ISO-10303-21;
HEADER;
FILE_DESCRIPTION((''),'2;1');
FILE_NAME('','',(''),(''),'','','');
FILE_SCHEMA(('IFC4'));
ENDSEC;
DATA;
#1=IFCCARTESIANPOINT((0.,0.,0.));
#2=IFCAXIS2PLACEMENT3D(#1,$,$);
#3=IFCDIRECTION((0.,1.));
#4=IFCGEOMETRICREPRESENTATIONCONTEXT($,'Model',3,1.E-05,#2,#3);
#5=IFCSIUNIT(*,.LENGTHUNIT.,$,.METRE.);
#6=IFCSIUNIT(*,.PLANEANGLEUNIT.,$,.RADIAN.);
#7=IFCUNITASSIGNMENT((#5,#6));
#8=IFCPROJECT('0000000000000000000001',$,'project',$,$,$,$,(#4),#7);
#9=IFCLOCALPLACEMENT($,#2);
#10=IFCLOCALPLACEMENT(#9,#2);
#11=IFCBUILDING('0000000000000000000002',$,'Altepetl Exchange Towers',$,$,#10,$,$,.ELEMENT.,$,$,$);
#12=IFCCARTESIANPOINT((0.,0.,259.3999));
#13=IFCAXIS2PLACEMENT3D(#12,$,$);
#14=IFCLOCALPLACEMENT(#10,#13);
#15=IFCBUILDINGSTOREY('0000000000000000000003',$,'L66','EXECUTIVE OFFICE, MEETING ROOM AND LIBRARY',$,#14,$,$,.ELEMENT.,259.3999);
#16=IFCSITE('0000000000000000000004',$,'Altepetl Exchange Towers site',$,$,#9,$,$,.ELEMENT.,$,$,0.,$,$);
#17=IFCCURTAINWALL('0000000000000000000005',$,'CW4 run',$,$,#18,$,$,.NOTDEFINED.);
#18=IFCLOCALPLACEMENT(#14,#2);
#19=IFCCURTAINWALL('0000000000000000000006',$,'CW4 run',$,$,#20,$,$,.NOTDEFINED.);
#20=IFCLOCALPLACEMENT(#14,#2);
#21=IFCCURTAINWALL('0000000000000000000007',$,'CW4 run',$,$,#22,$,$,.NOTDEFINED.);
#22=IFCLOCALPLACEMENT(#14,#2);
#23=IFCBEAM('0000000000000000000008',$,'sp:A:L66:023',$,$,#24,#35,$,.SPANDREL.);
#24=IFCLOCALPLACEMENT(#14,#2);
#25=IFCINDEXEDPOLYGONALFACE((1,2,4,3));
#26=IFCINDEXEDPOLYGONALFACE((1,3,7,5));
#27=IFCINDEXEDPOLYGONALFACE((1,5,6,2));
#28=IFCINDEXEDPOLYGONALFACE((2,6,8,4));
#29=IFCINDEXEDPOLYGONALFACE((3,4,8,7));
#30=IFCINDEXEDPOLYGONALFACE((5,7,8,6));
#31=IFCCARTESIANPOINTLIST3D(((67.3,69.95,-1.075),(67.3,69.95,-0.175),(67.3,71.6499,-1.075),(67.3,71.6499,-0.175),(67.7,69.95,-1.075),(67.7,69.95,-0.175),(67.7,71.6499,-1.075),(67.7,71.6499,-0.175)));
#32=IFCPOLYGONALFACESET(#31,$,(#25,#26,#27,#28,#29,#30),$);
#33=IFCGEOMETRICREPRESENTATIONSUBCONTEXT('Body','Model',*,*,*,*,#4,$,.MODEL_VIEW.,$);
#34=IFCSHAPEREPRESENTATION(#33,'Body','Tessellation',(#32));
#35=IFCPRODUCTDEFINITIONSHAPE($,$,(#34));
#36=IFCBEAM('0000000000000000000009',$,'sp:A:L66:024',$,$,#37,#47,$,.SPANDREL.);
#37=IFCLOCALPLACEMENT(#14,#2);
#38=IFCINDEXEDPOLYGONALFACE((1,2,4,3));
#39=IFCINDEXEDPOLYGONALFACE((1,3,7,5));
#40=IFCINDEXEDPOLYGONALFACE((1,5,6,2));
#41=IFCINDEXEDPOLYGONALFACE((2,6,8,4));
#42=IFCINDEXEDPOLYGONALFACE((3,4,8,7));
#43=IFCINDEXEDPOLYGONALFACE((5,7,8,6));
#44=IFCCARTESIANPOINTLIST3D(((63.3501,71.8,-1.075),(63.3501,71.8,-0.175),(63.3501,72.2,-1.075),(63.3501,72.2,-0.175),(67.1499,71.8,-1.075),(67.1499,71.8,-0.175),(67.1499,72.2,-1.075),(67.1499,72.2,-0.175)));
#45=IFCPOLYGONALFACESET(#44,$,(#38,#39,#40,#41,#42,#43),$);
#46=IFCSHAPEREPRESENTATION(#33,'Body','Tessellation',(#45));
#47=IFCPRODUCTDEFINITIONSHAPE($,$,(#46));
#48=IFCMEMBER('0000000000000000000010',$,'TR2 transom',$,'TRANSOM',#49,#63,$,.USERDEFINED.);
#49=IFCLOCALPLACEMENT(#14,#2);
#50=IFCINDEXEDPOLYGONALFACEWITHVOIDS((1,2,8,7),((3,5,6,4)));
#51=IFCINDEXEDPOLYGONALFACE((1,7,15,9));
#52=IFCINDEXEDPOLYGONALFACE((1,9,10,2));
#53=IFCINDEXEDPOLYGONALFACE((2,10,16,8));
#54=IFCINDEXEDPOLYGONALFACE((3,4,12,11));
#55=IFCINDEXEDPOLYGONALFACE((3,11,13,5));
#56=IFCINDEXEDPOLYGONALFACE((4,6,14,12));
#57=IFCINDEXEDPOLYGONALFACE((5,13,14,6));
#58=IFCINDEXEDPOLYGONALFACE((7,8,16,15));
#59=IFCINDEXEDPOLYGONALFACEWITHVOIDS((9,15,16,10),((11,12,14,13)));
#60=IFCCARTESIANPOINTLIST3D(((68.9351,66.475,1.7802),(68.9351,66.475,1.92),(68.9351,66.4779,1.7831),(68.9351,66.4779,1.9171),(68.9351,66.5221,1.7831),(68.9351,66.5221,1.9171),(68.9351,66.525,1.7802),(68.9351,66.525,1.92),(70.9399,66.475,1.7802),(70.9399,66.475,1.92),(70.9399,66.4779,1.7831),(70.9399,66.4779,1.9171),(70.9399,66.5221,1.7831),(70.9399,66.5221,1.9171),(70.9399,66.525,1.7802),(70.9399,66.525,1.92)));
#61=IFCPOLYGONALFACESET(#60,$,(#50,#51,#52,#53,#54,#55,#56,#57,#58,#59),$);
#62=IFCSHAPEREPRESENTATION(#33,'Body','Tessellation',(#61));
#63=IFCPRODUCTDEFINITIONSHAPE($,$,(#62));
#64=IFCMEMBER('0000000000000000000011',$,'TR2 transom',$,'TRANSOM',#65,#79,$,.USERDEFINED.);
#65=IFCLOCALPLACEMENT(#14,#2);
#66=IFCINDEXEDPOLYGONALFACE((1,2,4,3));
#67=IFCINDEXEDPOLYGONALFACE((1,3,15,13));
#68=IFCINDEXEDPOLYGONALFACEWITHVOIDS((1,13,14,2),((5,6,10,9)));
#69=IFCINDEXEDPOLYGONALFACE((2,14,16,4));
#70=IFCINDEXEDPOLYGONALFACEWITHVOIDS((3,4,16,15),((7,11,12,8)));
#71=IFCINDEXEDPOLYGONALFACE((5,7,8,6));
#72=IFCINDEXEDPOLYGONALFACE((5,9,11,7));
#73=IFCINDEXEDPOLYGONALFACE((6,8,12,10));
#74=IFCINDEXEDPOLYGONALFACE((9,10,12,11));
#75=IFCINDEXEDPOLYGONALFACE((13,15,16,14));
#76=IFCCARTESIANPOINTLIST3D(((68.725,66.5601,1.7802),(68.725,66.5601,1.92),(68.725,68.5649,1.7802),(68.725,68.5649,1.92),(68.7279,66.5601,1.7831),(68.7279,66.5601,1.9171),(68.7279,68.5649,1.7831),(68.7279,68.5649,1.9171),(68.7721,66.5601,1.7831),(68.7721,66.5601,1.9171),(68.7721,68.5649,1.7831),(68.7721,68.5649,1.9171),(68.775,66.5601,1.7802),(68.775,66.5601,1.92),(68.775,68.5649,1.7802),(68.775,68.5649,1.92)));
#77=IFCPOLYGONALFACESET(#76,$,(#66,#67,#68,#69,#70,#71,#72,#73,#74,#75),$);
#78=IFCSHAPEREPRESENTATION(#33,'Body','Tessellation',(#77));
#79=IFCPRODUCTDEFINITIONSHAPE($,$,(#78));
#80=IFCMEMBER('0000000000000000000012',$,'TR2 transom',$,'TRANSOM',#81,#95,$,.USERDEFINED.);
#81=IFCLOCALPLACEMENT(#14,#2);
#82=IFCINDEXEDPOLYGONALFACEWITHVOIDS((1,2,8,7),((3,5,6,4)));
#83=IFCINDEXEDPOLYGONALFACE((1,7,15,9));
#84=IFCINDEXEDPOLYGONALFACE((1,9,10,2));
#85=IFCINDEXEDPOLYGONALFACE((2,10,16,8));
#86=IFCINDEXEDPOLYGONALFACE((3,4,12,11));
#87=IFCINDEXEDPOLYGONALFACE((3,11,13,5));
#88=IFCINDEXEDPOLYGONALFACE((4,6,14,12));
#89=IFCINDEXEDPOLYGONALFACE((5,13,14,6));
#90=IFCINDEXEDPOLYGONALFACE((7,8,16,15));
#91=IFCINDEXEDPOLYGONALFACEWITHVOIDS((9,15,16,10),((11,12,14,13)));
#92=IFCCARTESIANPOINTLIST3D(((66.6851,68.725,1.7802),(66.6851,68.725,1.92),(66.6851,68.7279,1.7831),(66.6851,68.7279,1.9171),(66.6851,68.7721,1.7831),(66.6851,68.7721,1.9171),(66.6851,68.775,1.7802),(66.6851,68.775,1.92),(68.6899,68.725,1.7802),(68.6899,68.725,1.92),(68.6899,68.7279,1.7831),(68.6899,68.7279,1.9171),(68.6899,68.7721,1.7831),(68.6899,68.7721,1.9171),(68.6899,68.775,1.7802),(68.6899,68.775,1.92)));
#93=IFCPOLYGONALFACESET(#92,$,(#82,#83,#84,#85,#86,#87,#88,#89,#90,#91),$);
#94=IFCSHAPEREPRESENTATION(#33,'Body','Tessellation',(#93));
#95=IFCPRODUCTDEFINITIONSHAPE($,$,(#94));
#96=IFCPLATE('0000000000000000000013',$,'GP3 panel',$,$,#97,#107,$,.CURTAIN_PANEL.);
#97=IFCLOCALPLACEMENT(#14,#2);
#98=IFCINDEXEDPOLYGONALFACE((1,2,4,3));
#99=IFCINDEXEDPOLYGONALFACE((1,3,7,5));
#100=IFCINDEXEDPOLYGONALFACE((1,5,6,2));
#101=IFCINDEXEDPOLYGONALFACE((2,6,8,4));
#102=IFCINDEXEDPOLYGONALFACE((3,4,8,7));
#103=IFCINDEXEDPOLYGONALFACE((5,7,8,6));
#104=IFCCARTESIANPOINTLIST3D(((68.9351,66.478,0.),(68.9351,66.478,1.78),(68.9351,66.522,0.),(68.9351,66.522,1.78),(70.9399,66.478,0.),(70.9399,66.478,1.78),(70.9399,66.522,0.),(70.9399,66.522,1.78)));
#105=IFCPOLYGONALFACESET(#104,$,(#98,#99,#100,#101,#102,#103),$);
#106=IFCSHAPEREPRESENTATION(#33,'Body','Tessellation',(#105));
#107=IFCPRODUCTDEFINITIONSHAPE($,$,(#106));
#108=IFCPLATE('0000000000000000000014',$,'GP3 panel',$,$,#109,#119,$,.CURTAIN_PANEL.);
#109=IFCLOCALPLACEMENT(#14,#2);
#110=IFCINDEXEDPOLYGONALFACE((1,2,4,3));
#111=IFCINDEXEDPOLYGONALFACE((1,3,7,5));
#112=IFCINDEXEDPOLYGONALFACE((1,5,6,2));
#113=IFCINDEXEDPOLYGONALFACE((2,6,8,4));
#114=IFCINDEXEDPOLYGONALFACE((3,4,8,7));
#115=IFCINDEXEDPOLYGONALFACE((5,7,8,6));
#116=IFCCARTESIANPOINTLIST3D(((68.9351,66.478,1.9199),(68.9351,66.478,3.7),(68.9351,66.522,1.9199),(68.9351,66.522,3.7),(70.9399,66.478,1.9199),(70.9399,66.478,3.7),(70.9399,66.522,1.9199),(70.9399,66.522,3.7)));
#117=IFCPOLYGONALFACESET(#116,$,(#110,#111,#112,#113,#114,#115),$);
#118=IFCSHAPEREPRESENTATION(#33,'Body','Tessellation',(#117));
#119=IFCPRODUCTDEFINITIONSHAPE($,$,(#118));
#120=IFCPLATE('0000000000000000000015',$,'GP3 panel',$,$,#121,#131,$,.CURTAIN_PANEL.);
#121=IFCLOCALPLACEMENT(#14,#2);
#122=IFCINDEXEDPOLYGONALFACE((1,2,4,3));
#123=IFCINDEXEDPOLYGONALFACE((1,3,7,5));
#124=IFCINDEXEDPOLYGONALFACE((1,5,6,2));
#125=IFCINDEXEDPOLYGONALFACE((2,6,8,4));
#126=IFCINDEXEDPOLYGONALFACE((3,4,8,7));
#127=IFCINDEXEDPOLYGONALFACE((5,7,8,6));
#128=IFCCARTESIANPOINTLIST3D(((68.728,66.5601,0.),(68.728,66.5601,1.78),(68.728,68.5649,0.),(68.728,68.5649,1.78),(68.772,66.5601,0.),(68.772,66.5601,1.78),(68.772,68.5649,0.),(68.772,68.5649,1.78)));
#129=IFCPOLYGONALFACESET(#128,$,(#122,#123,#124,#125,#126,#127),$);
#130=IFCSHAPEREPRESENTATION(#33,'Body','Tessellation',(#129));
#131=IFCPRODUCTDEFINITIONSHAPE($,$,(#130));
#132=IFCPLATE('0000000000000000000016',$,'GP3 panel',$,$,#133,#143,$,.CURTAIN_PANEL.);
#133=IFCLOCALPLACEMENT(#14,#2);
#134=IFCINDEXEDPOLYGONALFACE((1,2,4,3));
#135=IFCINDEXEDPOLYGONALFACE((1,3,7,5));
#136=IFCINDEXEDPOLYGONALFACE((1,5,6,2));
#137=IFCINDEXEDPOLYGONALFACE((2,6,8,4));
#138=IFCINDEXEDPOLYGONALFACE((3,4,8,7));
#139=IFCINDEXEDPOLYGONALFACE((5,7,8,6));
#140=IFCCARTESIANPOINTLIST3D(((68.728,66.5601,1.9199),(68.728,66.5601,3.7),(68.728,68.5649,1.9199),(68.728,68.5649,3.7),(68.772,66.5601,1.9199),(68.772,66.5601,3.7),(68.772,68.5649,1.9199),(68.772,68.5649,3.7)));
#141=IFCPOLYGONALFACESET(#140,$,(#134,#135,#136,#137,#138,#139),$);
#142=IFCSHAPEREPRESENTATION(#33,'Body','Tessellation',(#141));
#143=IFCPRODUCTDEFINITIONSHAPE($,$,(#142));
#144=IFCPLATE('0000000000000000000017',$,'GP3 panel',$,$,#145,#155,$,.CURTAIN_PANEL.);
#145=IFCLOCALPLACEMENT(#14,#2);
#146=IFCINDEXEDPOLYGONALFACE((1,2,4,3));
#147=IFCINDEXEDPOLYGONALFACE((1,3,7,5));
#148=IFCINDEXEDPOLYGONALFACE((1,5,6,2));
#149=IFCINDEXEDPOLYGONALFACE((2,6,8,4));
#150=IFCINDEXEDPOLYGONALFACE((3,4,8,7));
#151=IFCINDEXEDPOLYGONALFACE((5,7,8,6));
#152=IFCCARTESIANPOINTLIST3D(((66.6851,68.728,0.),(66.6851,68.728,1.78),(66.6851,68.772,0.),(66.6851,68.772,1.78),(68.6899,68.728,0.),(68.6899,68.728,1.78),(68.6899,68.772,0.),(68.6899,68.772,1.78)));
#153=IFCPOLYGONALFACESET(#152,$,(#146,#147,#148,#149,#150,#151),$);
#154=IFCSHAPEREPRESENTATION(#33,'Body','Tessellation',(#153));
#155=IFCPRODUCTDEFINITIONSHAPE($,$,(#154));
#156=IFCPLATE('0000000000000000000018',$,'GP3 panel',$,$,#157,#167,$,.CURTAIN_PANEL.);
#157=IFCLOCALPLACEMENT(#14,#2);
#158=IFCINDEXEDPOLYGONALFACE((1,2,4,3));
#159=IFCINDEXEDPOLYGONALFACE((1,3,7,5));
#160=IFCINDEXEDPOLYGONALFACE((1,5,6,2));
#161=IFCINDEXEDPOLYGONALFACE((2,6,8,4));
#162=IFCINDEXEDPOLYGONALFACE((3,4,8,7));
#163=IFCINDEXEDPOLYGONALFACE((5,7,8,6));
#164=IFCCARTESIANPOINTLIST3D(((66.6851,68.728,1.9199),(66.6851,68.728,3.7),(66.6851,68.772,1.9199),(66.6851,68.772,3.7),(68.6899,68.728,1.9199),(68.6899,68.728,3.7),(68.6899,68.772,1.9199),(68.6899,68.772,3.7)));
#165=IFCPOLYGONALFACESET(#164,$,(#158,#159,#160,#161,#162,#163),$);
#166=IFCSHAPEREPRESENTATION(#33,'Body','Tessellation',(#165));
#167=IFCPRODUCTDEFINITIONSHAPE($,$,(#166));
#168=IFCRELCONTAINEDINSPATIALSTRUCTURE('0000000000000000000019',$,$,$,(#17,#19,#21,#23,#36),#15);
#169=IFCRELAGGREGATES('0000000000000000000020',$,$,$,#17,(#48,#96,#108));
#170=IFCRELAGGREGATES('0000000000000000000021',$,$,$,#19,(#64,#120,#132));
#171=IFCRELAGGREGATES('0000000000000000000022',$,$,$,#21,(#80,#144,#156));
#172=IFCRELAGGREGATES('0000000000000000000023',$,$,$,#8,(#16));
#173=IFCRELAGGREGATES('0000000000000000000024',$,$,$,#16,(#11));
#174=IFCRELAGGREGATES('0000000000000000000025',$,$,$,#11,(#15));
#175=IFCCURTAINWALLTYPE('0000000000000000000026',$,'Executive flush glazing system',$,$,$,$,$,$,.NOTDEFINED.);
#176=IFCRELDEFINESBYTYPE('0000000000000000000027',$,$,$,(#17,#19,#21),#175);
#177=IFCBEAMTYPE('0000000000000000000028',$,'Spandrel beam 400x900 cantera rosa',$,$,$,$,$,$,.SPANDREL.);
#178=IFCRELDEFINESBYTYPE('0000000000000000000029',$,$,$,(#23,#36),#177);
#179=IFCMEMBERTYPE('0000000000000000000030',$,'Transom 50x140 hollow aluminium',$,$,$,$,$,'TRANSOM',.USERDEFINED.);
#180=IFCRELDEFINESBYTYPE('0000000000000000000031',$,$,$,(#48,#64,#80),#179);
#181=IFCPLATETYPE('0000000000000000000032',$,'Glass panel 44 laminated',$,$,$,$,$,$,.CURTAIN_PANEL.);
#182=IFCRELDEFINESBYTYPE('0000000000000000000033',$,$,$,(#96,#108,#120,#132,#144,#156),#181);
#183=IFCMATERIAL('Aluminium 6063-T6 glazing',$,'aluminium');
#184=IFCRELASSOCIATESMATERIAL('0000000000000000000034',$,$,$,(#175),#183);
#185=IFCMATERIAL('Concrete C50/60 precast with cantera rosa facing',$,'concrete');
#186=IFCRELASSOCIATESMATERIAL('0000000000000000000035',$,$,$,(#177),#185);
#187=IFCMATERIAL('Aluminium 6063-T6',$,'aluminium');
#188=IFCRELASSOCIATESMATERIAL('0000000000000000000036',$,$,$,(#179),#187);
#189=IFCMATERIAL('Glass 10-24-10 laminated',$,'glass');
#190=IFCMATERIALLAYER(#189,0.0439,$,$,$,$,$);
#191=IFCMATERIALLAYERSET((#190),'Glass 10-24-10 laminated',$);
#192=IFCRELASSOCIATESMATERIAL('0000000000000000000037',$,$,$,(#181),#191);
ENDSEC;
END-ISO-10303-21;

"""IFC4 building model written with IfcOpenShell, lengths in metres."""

from ifc_helpers import new_model, si_unit, direction, frame, origin, origin_2d, place, context, subcontext, project, spatial, rectangle, hollow_rectangle, extrude, material, layer, layer_set, material_profile, profile_set, type_object, element, aggregate, save


model = new_model("IFC4")

# Units and contexts
model_context = context("Model", 3, precision=1e-05, world=origin(), true_north=direction((0.0, 1.0)))
body_context = subcontext(model_context, "Body", "Model", "MODEL_VIEW")
ifc_project = project(units=[si_unit("LENGTHUNIT", "METRE"), si_unit("PLANEANGLEUNIT", "RADIAN")], contexts=[model_context])

# Site, building, storey
site_placement = place(None, origin())
site = spatial("IfcSite", under=ifc_project, at=site_placement, Name="Altepetl Exchange Towers site", CompositionType="ELEMENT", RefElevation=0.0)
building_placement = place(site_placement, origin())
building = spatial("IfcBuilding", under=site, at=building_placement, Name="Altepetl Exchange Towers", CompositionType="ELEMENT")
storey_placement = place(building_placement, frame((0.0, 0.0, 259.3999)))
storey = spatial("IfcBuildingStorey", under=building, at=storey_placement, Name="L66", Description="EXECUTIVE OFFICE, MEETING ROOM AND LIBRARY", CompositionType="ELEMENT", Elevation=259.3999)

# Curtain walls
ifc_material_1 = material(Name="Aluminium 6063-T6 glazing", Category="aluminium")
curtain_wall_type = type_object("IfcCurtainWallType", Name="Executive flush glazing system", PredefinedType="NOTDEFINED", material=ifc_material_1)
curtain_wall_1_placement = place(storey_placement, origin())
curtain_wall_1 = element("IfcCurtainWall", 1, at=curtain_wall_1_placement, inside=storey, type_object=curtain_wall_type, Name="CW4 run", PredefinedType="NOTDEFINED")
ifc_material_2 = material(Name="Aluminium 6063-T6", Category="aluminium")
curtain_wall_2_placement = place(storey_placement, origin())
curtain_wall_2 = element("IfcCurtainWall", 2, at=curtain_wall_2_placement, inside=storey, type_object=curtain_wall_type, Name="CW4 run", PredefinedType="NOTDEFINED")
curtain_wall_3_placement = place(storey_placement, origin())
curtain_wall_3 = element("IfcCurtainWall", 3, at=curtain_wall_3_placement, inside=storey, type_object=curtain_wall_type, Name="CW4 run", PredefinedType="NOTDEFINED")

# Beams
ifc_material_3 = material(Name="Concrete C50/60 precast with cantera rosa facing", Category="concrete")
ifc_material_profile_1 = material_profile(ifc_material_3, rectangle(XDim=0.3999, YDim=0.8999, at=origin_2d()), Name="400 x 900")
ifc_profile_set_1 = profile_set([ifc_material_profile_1], Name="Concrete C50/60 precast with cantera rosa facing")
beam_type = type_object("IfcBeamType", Name="Spandrel beam 400x900 cantera rosa", PredefinedType="SPANDREL", material=ifc_profile_set_1)
beam_1_placement = place(storey_placement, frame((67.5, 69.95, -0.625), z_axis=(0.0, 1.0, 0.0), x_axis=(-1.0, 0.0, 0.0)))
element("IfcBeam", 4, at=beam_1_placement, inside=storey, type_object=beam_type, Name="sp:A:L66:023", PredefinedType="SPANDREL", context=body_context, shape_type="SweptSolid", body=[
    extrude(rectangle(XDim=0.3999, YDim=0.8999, at=origin_2d()), origin(), (0.0, 0.0, 1.0), 1.7),
])
beam_2_placement = place(storey_placement, frame((67.1499, 72.0, -0.625), z_axis=(-1.0, 0.0, 0.0), x_axis=(0.0, -1.0, 0.0)))
element("IfcBeam", 5, at=beam_2_placement, inside=storey, type_object=beam_type, Name="sp:A:L66:024", PredefinedType="SPANDREL", context=body_context, shape_type="SweptSolid", body=[
    extrude(rectangle(XDim=0.3999, YDim=0.8999, at=origin_2d()), origin(), (0.0, 0.0, 1.0), 3.7998),
])

# Members
ifc_material_profile_2 = material_profile(ifc_material_2, hollow_rectangle(XDim=0.05, YDim=0.1399, WallThickness=0.0029, at=origin_2d()), Name="Transom 50x140 hollow aluminium")
ifc_profile_set_2 = profile_set([ifc_material_profile_2], Name="Aluminium 6063-T6")
member_type_1 = type_object("IfcMemberType", Name="Transom 50x140 hollow aluminium", ElementType="TRANSOM", PredefinedType="USERDEFINED", material=ifc_profile_set_2)
member_1_placement = place(storey_placement, frame((70.9399, 66.5, 1.8501), z_axis=(-1.0, 0.0, 0.0), x_axis=(0.0, -1.0, 0.0)))
member_1 = element("IfcMember", 6, at=member_1_placement, type_object=member_type_1, Name="TR2 transom", ObjectType="TRANSOM", PredefinedType="USERDEFINED", context=body_context, shape_type="SweptSolid", body=[
    extrude(hollow_rectangle(XDim=0.05, YDim=0.1399, WallThickness=0.0029, at=origin_2d()), origin(), (0.0, 0.0, 1.0), 2.0049),
])
member_2_placement = place(storey_placement, frame((68.75, 66.5601, 1.8501), z_axis=(0.0, 1.0, 0.0), x_axis=(-1.0, 0.0, 0.0)))
member_2 = element("IfcMember", 7, at=member_2_placement, type_object=member_type_1, Name="TR2 transom", ObjectType="TRANSOM", PredefinedType="USERDEFINED", context=body_context, shape_type="SweptSolid", body=[
    extrude(hollow_rectangle(XDim=0.05, YDim=0.1399, WallThickness=0.0029, at=origin_2d()), origin(), (0.0, 0.0, 1.0), 2.0049),
])
member_3_placement = place(storey_placement, frame((68.6899, 68.75, 1.8501), z_axis=(-1.0, 0.0, 0.0), x_axis=(0.0, -1.0, 0.0)))
member_3 = element("IfcMember", 8, at=member_3_placement, type_object=member_type_1, Name="TR2 transom", ObjectType="TRANSOM", PredefinedType="USERDEFINED", context=body_context, shape_type="SweptSolid", body=[
    extrude(hollow_rectangle(XDim=0.05, YDim=0.1399, WallThickness=0.0029, at=origin_2d()), origin(), (0.0, 0.0, 1.0), 2.0049),
])

# Plates
ifc_material_4 = material(Name="Glass 10-24-10 laminated", Category="glass")
ifc_layer = layer(ifc_material_4, 0.0439)
ifc_layer_set = layer_set([ifc_layer], Name="Glass 10-24-10 laminated")
plate_type = type_object("IfcPlateType", Name="Glass panel 44 laminated", PredefinedType="CURTAIN_PANEL", material=ifc_layer_set)
plate_1_placement = place(storey_placement, frame((69.9375, 66.5, 0.0), z_axis=(0.0, 0.0, 1.0), x_axis=(-1.0, 0.0, 0.0)))
plate_1 = element("IfcPlate", 9, at=plate_1_placement, type_object=plate_type, Name="GP3 panel", PredefinedType="CURTAIN_PANEL", context=body_context, shape_type="SweptSolid", body=[
    extrude(rectangle(XDim=2.0049, YDim=0.0439, at=origin_2d()), origin(), (0.0, 0.0, 1.0), 1.78),
])
plate_2_placement = place(storey_placement, frame((69.9375, 66.5, 1.9199), z_axis=(0.0, 0.0, 1.0), x_axis=(-1.0, 0.0, 0.0)))
plate_2 = element("IfcPlate", 10, at=plate_2_placement, type_object=plate_type, Name="GP3 panel", PredefinedType="CURTAIN_PANEL", context=body_context, shape_type="SweptSolid", body=[
    extrude(rectangle(XDim=2.0049, YDim=0.0439, at=origin_2d()), origin(), (0.0, 0.0, 1.0), 1.78),
])
aggregate(curtain_wall_1, [member_1, plate_1, plate_2])
plate_3_placement = place(storey_placement, frame((68.75, 67.5625, 0.0), z_axis=(0.0, 0.0, 1.0), x_axis=(0.0, 1.0, 0.0)))
plate_3 = element("IfcPlate", 11, at=plate_3_placement, type_object=plate_type, Name="GP3 panel", PredefinedType="CURTAIN_PANEL", context=body_context, shape_type="SweptSolid", body=[
    extrude(rectangle(XDim=2.0049, YDim=0.0439, at=origin_2d()), origin(), (0.0, 0.0, 1.0), 1.78),
])
plate_4_placement = place(storey_placement, frame((68.75, 67.5625, 1.9199), z_axis=(0.0, 0.0, 1.0), x_axis=(0.0, 1.0, 0.0)))
plate_4 = element("IfcPlate", 12, at=plate_4_placement, type_object=plate_type, Name="GP3 panel", PredefinedType="CURTAIN_PANEL", context=body_context, shape_type="SweptSolid", body=[
    extrude(rectangle(XDim=2.0049, YDim=0.0439, at=origin_2d()), origin(), (0.0, 0.0, 1.0), 1.78),
])
aggregate(curtain_wall_2, [member_2, plate_3, plate_4])
plate_5_placement = place(storey_placement, frame((67.6875, 68.75, 0.0), z_axis=(0.0, 0.0, 1.0), x_axis=(-1.0, 0.0, 0.0)))
plate_5 = element("IfcPlate", 13, at=plate_5_placement, type_object=plate_type, Name="GP3 panel", PredefinedType="CURTAIN_PANEL", context=body_context, shape_type="SweptSolid", body=[
    extrude(rectangle(XDim=2.0049, YDim=0.0439, at=origin_2d()), origin(), (0.0, 0.0, 1.0), 1.78),
])
plate_6_placement = place(storey_placement, frame((67.6875, 68.75, 1.9199), z_axis=(0.0, 0.0, 1.0), x_axis=(-1.0, 0.0, 0.0)))
plate_6 = element("IfcPlate", 14, at=plate_6_placement, type_object=plate_type, Name="GP3 panel", PredefinedType="CURTAIN_PANEL", context=body_context, shape_type="SweptSolid", body=[
    extrude(rectangle(XDim=2.0049, YDim=0.0439, at=origin_2d()), origin(), (0.0, 0.0, 1.0), 1.78),
])
aggregate(curtain_wall_3, [member_3, plate_5, plate_6])

save(model, "model.ifc")
